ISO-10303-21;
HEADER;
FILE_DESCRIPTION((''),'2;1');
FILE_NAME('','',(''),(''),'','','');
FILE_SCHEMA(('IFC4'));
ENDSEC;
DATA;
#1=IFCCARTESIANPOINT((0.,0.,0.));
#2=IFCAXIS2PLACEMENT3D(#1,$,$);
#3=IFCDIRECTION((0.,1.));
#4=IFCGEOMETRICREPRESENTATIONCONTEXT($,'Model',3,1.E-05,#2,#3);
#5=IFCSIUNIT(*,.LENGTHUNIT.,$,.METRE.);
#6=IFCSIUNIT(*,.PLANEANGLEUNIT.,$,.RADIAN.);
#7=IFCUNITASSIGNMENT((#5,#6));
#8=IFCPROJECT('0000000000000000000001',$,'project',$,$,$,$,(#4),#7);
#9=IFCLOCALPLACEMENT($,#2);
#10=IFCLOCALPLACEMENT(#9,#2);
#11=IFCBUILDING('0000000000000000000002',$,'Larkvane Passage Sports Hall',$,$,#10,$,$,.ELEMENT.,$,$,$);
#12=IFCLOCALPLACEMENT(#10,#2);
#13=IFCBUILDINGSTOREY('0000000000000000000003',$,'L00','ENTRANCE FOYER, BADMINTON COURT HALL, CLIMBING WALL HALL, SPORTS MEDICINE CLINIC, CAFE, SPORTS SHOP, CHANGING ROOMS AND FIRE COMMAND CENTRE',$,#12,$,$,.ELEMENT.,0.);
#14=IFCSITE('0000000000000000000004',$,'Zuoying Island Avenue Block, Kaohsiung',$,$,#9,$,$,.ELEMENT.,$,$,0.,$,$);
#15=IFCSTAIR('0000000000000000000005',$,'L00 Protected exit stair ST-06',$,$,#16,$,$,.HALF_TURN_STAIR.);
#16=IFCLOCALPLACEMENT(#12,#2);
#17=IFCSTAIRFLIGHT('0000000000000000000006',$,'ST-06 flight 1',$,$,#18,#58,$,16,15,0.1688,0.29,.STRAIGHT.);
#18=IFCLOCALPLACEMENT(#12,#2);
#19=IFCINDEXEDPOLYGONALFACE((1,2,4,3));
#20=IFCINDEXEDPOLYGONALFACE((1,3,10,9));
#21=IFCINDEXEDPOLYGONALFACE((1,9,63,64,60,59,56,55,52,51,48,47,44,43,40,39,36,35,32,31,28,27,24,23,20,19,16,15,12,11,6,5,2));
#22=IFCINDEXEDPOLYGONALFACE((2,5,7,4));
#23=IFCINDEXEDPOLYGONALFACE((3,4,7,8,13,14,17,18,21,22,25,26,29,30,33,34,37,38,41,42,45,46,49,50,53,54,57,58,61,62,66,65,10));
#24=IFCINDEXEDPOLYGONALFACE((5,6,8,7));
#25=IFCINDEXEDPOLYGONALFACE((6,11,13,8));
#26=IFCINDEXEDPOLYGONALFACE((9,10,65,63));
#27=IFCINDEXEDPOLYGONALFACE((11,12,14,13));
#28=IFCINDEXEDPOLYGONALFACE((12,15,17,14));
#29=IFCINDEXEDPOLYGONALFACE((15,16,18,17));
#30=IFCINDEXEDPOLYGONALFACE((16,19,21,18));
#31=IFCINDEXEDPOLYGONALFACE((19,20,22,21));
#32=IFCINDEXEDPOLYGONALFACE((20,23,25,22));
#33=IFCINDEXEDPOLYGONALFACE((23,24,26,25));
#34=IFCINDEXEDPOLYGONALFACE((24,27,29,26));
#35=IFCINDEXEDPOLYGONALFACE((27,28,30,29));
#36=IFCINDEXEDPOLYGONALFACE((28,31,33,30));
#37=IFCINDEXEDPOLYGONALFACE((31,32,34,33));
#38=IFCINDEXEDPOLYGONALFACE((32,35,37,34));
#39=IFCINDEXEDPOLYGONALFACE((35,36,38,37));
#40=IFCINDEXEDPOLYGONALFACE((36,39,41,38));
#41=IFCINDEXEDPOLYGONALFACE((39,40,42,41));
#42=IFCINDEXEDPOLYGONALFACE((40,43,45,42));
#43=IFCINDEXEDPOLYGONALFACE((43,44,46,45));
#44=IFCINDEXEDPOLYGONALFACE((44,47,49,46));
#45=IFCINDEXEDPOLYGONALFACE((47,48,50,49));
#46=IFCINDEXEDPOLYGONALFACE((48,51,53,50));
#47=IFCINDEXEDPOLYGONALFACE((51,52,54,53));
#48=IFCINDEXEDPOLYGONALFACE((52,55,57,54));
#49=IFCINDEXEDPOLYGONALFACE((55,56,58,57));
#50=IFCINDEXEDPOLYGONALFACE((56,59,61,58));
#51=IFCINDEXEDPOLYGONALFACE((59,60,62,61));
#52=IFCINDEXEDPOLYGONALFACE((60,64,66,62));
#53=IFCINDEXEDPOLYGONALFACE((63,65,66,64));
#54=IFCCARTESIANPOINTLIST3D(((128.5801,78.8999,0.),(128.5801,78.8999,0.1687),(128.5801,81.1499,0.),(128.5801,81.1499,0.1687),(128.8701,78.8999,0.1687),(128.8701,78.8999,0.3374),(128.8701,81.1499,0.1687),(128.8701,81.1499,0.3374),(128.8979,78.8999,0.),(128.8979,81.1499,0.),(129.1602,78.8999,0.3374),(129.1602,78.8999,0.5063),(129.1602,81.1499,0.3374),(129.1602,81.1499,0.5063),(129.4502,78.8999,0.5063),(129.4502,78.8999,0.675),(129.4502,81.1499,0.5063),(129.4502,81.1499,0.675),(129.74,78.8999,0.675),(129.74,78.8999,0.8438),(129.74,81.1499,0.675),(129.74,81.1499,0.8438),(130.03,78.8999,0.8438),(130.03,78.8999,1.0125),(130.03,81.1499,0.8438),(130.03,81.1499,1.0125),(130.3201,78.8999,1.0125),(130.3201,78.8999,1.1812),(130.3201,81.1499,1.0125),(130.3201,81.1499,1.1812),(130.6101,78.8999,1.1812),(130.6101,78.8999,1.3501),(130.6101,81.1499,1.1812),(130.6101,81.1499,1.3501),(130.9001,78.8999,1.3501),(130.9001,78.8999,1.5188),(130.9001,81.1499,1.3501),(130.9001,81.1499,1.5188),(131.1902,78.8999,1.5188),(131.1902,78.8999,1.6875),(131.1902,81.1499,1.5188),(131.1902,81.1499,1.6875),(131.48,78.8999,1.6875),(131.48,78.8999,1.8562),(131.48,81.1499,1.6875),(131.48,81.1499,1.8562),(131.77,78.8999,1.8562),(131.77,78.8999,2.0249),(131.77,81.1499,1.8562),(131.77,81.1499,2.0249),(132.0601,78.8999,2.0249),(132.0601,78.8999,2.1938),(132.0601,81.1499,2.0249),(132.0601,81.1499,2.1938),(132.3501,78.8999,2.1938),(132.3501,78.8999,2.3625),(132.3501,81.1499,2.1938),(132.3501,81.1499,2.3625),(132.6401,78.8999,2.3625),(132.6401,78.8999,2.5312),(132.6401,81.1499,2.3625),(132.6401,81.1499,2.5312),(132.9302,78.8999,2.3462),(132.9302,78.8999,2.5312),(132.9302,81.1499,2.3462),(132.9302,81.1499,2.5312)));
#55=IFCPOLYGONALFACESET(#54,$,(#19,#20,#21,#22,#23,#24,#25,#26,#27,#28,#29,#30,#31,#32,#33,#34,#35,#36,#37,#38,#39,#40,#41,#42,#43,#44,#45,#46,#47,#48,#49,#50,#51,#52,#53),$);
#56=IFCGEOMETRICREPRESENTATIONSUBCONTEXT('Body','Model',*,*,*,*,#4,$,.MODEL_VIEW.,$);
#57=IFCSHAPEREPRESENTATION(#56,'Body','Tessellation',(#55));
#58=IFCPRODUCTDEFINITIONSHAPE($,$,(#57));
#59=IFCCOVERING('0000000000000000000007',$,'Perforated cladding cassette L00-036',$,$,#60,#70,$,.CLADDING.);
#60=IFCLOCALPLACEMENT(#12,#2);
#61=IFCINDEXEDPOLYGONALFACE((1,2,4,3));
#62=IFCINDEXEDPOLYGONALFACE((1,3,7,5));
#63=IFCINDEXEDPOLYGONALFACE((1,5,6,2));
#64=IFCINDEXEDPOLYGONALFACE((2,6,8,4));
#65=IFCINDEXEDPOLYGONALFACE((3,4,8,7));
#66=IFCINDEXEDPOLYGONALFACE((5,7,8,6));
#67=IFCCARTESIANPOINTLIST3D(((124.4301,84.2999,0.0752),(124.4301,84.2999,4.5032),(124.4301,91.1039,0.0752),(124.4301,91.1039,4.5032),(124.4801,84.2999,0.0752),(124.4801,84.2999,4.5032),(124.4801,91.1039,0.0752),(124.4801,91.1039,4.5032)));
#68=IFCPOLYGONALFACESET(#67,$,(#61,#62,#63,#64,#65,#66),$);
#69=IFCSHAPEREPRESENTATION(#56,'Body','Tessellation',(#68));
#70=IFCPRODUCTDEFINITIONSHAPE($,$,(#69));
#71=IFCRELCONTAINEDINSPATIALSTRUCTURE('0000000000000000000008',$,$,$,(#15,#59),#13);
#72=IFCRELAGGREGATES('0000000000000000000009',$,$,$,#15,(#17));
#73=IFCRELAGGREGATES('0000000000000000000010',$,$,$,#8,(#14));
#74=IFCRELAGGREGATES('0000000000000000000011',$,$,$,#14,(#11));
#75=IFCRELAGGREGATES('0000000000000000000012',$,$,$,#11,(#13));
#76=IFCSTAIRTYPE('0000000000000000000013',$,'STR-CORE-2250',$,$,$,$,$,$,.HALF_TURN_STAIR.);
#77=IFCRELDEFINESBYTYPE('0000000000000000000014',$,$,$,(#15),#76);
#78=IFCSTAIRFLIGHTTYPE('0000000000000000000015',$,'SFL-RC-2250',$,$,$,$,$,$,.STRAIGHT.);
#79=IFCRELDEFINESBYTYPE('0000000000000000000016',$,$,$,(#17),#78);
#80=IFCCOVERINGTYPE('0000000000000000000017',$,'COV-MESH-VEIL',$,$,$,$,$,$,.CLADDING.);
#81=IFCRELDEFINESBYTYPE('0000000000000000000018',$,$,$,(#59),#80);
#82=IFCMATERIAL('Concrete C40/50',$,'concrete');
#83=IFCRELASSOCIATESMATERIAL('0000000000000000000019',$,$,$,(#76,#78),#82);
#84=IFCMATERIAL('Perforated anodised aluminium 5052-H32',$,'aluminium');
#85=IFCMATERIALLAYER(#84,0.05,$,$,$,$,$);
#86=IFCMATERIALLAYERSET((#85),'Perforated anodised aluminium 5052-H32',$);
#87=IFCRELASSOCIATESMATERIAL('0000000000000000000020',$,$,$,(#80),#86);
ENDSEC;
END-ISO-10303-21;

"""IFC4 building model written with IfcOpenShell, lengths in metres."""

from ifc_helpers import new_model, si_unit, direction, frame, origin, origin_2d, place, context, subcontext, project, spatial, polyline, rectangle, outline, extrude, material, layer, layer_set, type_object, element, aggregate, save


model = new_model("IFC4")

# Units and contexts
model_context = context("Model", 3, precision=1e-05, world=origin(), true_north=direction((0.0, 1.0)))
body_context = subcontext(model_context, "Body", "Model", "MODEL_VIEW")
ifc_project = project(units=[si_unit("LENGTHUNIT", "METRE"), si_unit("PLANEANGLEUNIT", "RADIAN")], contexts=[model_context])

# Site, building, storey
site_placement = place(None, origin())
site = spatial("IfcSite", under=ifc_project, at=site_placement, Name="Zuoying Island Avenue Block, Kaohsiung", CompositionType="ELEMENT", RefElevation=0.0)
building_placement = place(site_placement, origin())
building = spatial("IfcBuilding", under=site, at=building_placement, Name="Larkvane Passage Sports Hall", CompositionType="ELEMENT")
storey_placement = place(building_placement, origin())
storey = spatial("IfcBuildingStorey", under=building, at=storey_placement, Name="L00", Description="ENTRANCE FOYER, BADMINTON COURT HALL, CLIMBING WALL HALL, SPORTS MEDICINE CLINIC, CAFE, SPORTS SHOP, CHANGING ROOMS AND FIRE COMMAND CENTRE", CompositionType="ELEMENT", Elevation=0.0)

# Shared definitions
ifc_material_1 = material(Name="Concrete C40/50", Category="concrete")

# Stair, stair flight
stair_type = type_object("IfcStairType", Name="STR-CORE-2250", PredefinedType="HALF_TURN_STAIR", material=ifc_material_1)
stair_placement = place(storey_placement, origin())
stair = element("IfcStair", 1, at=stair_placement, inside=storey, type_object=stair_type, Name="L00 Protected exit stair ST-06", PredefinedType="HALF_TURN_STAIR")
stair_flight_type = type_object("IfcStairFlightType", Name="SFL-RC-2250", PredefinedType="STRAIGHT", material=ifc_material_1)
stair_flight_placement = place(storey_placement, frame((128.5801, 80.0249, 0.0), z_axis=(0.0, 0.0, 1.0), x_axis=(1.0, 0.0, 0.0)))
stair_flight = element("IfcStairFlight", 2, at=stair_flight_placement, type_object=stair_flight_type, Name="ST-06 flight 1", NumberOfRisers=16, NumberOfTreads=15, PredefinedType="STRAIGHT", RiserHeight=0.1688, TreadLength=0.29, context=body_context, shape_type="SweptSolid", body=[
    extrude(outline(polyline([(0.0, 0.0), (0.0, 0.1687), (0.29, 0.1687), (0.29, 0.3374), (0.5801, 0.3374), (0.5801, 0.5063), (0.8701, 0.5063), (0.8701, 0.675), (1.1599, 0.675), (1.1599, 0.8438), (1.45, 0.8438), (1.45, 1.0125), (1.74, 1.0125), (1.74, 1.1812), (2.03, 1.1812), (2.03, 1.3501), (2.3201, 1.3501), (2.3201, 1.5188), (2.6101, 1.5188), (2.6101, 1.6875), (2.8999, 1.6875), (2.8999, 1.8562), (3.1899, 1.8562), (3.1899, 2.0249), (3.48, 2.0249), (3.48, 2.1938), (3.77, 2.1938), (3.77, 2.3625), (4.0601, 2.3625), (4.0601, 2.5312), (4.3501, 2.5312), (4.3501, 2.7), (4.3501, 2.3462), (0.3179, 0.0), (0.0, 0.0)])), frame((0.0, 1.125, 0.0), z_axis=(0.0, -1.0, 0.0), x_axis=(1.0, 0.0, 0.0)), (0.0, 0.0, 1.0), 2.25),
])
aggregate(stair, [stair_flight])

# Covering
ifc_material_2 = material(Name="Perforated anodised aluminium 5052-H32", Category="aluminium")
ifc_layer_1 = layer(ifc_material_2, 0.05)
ifc_layer_set_1 = layer_set([ifc_layer_1], Name="Perforated anodised aluminium 5052-H32")
covering_type = type_object("IfcCoveringType", Name="COV-MESH-VEIL", PredefinedType="CLADDING", material=ifc_layer_set_1)
covering_placement = place(storey_placement, frame((124.4551, 87.7019, 0.0752), z_axis=(0.0, 0.0, 1.0), x_axis=(0.0, 1.0, 0.0)))
element("IfcCovering", 3, at=covering_placement, inside=storey, type_object=covering_type, Name="Perforated cladding cassette L00-036", PredefinedType="CLADDING", context=body_context, shape_type="SweptSolid", body=[
    extrude(rectangle(XDim=6.804, YDim=0.05, at=origin_2d()), origin(), (0.0, 0.0, 1.0), 4.428),
])

save(model, "model.ifc")
